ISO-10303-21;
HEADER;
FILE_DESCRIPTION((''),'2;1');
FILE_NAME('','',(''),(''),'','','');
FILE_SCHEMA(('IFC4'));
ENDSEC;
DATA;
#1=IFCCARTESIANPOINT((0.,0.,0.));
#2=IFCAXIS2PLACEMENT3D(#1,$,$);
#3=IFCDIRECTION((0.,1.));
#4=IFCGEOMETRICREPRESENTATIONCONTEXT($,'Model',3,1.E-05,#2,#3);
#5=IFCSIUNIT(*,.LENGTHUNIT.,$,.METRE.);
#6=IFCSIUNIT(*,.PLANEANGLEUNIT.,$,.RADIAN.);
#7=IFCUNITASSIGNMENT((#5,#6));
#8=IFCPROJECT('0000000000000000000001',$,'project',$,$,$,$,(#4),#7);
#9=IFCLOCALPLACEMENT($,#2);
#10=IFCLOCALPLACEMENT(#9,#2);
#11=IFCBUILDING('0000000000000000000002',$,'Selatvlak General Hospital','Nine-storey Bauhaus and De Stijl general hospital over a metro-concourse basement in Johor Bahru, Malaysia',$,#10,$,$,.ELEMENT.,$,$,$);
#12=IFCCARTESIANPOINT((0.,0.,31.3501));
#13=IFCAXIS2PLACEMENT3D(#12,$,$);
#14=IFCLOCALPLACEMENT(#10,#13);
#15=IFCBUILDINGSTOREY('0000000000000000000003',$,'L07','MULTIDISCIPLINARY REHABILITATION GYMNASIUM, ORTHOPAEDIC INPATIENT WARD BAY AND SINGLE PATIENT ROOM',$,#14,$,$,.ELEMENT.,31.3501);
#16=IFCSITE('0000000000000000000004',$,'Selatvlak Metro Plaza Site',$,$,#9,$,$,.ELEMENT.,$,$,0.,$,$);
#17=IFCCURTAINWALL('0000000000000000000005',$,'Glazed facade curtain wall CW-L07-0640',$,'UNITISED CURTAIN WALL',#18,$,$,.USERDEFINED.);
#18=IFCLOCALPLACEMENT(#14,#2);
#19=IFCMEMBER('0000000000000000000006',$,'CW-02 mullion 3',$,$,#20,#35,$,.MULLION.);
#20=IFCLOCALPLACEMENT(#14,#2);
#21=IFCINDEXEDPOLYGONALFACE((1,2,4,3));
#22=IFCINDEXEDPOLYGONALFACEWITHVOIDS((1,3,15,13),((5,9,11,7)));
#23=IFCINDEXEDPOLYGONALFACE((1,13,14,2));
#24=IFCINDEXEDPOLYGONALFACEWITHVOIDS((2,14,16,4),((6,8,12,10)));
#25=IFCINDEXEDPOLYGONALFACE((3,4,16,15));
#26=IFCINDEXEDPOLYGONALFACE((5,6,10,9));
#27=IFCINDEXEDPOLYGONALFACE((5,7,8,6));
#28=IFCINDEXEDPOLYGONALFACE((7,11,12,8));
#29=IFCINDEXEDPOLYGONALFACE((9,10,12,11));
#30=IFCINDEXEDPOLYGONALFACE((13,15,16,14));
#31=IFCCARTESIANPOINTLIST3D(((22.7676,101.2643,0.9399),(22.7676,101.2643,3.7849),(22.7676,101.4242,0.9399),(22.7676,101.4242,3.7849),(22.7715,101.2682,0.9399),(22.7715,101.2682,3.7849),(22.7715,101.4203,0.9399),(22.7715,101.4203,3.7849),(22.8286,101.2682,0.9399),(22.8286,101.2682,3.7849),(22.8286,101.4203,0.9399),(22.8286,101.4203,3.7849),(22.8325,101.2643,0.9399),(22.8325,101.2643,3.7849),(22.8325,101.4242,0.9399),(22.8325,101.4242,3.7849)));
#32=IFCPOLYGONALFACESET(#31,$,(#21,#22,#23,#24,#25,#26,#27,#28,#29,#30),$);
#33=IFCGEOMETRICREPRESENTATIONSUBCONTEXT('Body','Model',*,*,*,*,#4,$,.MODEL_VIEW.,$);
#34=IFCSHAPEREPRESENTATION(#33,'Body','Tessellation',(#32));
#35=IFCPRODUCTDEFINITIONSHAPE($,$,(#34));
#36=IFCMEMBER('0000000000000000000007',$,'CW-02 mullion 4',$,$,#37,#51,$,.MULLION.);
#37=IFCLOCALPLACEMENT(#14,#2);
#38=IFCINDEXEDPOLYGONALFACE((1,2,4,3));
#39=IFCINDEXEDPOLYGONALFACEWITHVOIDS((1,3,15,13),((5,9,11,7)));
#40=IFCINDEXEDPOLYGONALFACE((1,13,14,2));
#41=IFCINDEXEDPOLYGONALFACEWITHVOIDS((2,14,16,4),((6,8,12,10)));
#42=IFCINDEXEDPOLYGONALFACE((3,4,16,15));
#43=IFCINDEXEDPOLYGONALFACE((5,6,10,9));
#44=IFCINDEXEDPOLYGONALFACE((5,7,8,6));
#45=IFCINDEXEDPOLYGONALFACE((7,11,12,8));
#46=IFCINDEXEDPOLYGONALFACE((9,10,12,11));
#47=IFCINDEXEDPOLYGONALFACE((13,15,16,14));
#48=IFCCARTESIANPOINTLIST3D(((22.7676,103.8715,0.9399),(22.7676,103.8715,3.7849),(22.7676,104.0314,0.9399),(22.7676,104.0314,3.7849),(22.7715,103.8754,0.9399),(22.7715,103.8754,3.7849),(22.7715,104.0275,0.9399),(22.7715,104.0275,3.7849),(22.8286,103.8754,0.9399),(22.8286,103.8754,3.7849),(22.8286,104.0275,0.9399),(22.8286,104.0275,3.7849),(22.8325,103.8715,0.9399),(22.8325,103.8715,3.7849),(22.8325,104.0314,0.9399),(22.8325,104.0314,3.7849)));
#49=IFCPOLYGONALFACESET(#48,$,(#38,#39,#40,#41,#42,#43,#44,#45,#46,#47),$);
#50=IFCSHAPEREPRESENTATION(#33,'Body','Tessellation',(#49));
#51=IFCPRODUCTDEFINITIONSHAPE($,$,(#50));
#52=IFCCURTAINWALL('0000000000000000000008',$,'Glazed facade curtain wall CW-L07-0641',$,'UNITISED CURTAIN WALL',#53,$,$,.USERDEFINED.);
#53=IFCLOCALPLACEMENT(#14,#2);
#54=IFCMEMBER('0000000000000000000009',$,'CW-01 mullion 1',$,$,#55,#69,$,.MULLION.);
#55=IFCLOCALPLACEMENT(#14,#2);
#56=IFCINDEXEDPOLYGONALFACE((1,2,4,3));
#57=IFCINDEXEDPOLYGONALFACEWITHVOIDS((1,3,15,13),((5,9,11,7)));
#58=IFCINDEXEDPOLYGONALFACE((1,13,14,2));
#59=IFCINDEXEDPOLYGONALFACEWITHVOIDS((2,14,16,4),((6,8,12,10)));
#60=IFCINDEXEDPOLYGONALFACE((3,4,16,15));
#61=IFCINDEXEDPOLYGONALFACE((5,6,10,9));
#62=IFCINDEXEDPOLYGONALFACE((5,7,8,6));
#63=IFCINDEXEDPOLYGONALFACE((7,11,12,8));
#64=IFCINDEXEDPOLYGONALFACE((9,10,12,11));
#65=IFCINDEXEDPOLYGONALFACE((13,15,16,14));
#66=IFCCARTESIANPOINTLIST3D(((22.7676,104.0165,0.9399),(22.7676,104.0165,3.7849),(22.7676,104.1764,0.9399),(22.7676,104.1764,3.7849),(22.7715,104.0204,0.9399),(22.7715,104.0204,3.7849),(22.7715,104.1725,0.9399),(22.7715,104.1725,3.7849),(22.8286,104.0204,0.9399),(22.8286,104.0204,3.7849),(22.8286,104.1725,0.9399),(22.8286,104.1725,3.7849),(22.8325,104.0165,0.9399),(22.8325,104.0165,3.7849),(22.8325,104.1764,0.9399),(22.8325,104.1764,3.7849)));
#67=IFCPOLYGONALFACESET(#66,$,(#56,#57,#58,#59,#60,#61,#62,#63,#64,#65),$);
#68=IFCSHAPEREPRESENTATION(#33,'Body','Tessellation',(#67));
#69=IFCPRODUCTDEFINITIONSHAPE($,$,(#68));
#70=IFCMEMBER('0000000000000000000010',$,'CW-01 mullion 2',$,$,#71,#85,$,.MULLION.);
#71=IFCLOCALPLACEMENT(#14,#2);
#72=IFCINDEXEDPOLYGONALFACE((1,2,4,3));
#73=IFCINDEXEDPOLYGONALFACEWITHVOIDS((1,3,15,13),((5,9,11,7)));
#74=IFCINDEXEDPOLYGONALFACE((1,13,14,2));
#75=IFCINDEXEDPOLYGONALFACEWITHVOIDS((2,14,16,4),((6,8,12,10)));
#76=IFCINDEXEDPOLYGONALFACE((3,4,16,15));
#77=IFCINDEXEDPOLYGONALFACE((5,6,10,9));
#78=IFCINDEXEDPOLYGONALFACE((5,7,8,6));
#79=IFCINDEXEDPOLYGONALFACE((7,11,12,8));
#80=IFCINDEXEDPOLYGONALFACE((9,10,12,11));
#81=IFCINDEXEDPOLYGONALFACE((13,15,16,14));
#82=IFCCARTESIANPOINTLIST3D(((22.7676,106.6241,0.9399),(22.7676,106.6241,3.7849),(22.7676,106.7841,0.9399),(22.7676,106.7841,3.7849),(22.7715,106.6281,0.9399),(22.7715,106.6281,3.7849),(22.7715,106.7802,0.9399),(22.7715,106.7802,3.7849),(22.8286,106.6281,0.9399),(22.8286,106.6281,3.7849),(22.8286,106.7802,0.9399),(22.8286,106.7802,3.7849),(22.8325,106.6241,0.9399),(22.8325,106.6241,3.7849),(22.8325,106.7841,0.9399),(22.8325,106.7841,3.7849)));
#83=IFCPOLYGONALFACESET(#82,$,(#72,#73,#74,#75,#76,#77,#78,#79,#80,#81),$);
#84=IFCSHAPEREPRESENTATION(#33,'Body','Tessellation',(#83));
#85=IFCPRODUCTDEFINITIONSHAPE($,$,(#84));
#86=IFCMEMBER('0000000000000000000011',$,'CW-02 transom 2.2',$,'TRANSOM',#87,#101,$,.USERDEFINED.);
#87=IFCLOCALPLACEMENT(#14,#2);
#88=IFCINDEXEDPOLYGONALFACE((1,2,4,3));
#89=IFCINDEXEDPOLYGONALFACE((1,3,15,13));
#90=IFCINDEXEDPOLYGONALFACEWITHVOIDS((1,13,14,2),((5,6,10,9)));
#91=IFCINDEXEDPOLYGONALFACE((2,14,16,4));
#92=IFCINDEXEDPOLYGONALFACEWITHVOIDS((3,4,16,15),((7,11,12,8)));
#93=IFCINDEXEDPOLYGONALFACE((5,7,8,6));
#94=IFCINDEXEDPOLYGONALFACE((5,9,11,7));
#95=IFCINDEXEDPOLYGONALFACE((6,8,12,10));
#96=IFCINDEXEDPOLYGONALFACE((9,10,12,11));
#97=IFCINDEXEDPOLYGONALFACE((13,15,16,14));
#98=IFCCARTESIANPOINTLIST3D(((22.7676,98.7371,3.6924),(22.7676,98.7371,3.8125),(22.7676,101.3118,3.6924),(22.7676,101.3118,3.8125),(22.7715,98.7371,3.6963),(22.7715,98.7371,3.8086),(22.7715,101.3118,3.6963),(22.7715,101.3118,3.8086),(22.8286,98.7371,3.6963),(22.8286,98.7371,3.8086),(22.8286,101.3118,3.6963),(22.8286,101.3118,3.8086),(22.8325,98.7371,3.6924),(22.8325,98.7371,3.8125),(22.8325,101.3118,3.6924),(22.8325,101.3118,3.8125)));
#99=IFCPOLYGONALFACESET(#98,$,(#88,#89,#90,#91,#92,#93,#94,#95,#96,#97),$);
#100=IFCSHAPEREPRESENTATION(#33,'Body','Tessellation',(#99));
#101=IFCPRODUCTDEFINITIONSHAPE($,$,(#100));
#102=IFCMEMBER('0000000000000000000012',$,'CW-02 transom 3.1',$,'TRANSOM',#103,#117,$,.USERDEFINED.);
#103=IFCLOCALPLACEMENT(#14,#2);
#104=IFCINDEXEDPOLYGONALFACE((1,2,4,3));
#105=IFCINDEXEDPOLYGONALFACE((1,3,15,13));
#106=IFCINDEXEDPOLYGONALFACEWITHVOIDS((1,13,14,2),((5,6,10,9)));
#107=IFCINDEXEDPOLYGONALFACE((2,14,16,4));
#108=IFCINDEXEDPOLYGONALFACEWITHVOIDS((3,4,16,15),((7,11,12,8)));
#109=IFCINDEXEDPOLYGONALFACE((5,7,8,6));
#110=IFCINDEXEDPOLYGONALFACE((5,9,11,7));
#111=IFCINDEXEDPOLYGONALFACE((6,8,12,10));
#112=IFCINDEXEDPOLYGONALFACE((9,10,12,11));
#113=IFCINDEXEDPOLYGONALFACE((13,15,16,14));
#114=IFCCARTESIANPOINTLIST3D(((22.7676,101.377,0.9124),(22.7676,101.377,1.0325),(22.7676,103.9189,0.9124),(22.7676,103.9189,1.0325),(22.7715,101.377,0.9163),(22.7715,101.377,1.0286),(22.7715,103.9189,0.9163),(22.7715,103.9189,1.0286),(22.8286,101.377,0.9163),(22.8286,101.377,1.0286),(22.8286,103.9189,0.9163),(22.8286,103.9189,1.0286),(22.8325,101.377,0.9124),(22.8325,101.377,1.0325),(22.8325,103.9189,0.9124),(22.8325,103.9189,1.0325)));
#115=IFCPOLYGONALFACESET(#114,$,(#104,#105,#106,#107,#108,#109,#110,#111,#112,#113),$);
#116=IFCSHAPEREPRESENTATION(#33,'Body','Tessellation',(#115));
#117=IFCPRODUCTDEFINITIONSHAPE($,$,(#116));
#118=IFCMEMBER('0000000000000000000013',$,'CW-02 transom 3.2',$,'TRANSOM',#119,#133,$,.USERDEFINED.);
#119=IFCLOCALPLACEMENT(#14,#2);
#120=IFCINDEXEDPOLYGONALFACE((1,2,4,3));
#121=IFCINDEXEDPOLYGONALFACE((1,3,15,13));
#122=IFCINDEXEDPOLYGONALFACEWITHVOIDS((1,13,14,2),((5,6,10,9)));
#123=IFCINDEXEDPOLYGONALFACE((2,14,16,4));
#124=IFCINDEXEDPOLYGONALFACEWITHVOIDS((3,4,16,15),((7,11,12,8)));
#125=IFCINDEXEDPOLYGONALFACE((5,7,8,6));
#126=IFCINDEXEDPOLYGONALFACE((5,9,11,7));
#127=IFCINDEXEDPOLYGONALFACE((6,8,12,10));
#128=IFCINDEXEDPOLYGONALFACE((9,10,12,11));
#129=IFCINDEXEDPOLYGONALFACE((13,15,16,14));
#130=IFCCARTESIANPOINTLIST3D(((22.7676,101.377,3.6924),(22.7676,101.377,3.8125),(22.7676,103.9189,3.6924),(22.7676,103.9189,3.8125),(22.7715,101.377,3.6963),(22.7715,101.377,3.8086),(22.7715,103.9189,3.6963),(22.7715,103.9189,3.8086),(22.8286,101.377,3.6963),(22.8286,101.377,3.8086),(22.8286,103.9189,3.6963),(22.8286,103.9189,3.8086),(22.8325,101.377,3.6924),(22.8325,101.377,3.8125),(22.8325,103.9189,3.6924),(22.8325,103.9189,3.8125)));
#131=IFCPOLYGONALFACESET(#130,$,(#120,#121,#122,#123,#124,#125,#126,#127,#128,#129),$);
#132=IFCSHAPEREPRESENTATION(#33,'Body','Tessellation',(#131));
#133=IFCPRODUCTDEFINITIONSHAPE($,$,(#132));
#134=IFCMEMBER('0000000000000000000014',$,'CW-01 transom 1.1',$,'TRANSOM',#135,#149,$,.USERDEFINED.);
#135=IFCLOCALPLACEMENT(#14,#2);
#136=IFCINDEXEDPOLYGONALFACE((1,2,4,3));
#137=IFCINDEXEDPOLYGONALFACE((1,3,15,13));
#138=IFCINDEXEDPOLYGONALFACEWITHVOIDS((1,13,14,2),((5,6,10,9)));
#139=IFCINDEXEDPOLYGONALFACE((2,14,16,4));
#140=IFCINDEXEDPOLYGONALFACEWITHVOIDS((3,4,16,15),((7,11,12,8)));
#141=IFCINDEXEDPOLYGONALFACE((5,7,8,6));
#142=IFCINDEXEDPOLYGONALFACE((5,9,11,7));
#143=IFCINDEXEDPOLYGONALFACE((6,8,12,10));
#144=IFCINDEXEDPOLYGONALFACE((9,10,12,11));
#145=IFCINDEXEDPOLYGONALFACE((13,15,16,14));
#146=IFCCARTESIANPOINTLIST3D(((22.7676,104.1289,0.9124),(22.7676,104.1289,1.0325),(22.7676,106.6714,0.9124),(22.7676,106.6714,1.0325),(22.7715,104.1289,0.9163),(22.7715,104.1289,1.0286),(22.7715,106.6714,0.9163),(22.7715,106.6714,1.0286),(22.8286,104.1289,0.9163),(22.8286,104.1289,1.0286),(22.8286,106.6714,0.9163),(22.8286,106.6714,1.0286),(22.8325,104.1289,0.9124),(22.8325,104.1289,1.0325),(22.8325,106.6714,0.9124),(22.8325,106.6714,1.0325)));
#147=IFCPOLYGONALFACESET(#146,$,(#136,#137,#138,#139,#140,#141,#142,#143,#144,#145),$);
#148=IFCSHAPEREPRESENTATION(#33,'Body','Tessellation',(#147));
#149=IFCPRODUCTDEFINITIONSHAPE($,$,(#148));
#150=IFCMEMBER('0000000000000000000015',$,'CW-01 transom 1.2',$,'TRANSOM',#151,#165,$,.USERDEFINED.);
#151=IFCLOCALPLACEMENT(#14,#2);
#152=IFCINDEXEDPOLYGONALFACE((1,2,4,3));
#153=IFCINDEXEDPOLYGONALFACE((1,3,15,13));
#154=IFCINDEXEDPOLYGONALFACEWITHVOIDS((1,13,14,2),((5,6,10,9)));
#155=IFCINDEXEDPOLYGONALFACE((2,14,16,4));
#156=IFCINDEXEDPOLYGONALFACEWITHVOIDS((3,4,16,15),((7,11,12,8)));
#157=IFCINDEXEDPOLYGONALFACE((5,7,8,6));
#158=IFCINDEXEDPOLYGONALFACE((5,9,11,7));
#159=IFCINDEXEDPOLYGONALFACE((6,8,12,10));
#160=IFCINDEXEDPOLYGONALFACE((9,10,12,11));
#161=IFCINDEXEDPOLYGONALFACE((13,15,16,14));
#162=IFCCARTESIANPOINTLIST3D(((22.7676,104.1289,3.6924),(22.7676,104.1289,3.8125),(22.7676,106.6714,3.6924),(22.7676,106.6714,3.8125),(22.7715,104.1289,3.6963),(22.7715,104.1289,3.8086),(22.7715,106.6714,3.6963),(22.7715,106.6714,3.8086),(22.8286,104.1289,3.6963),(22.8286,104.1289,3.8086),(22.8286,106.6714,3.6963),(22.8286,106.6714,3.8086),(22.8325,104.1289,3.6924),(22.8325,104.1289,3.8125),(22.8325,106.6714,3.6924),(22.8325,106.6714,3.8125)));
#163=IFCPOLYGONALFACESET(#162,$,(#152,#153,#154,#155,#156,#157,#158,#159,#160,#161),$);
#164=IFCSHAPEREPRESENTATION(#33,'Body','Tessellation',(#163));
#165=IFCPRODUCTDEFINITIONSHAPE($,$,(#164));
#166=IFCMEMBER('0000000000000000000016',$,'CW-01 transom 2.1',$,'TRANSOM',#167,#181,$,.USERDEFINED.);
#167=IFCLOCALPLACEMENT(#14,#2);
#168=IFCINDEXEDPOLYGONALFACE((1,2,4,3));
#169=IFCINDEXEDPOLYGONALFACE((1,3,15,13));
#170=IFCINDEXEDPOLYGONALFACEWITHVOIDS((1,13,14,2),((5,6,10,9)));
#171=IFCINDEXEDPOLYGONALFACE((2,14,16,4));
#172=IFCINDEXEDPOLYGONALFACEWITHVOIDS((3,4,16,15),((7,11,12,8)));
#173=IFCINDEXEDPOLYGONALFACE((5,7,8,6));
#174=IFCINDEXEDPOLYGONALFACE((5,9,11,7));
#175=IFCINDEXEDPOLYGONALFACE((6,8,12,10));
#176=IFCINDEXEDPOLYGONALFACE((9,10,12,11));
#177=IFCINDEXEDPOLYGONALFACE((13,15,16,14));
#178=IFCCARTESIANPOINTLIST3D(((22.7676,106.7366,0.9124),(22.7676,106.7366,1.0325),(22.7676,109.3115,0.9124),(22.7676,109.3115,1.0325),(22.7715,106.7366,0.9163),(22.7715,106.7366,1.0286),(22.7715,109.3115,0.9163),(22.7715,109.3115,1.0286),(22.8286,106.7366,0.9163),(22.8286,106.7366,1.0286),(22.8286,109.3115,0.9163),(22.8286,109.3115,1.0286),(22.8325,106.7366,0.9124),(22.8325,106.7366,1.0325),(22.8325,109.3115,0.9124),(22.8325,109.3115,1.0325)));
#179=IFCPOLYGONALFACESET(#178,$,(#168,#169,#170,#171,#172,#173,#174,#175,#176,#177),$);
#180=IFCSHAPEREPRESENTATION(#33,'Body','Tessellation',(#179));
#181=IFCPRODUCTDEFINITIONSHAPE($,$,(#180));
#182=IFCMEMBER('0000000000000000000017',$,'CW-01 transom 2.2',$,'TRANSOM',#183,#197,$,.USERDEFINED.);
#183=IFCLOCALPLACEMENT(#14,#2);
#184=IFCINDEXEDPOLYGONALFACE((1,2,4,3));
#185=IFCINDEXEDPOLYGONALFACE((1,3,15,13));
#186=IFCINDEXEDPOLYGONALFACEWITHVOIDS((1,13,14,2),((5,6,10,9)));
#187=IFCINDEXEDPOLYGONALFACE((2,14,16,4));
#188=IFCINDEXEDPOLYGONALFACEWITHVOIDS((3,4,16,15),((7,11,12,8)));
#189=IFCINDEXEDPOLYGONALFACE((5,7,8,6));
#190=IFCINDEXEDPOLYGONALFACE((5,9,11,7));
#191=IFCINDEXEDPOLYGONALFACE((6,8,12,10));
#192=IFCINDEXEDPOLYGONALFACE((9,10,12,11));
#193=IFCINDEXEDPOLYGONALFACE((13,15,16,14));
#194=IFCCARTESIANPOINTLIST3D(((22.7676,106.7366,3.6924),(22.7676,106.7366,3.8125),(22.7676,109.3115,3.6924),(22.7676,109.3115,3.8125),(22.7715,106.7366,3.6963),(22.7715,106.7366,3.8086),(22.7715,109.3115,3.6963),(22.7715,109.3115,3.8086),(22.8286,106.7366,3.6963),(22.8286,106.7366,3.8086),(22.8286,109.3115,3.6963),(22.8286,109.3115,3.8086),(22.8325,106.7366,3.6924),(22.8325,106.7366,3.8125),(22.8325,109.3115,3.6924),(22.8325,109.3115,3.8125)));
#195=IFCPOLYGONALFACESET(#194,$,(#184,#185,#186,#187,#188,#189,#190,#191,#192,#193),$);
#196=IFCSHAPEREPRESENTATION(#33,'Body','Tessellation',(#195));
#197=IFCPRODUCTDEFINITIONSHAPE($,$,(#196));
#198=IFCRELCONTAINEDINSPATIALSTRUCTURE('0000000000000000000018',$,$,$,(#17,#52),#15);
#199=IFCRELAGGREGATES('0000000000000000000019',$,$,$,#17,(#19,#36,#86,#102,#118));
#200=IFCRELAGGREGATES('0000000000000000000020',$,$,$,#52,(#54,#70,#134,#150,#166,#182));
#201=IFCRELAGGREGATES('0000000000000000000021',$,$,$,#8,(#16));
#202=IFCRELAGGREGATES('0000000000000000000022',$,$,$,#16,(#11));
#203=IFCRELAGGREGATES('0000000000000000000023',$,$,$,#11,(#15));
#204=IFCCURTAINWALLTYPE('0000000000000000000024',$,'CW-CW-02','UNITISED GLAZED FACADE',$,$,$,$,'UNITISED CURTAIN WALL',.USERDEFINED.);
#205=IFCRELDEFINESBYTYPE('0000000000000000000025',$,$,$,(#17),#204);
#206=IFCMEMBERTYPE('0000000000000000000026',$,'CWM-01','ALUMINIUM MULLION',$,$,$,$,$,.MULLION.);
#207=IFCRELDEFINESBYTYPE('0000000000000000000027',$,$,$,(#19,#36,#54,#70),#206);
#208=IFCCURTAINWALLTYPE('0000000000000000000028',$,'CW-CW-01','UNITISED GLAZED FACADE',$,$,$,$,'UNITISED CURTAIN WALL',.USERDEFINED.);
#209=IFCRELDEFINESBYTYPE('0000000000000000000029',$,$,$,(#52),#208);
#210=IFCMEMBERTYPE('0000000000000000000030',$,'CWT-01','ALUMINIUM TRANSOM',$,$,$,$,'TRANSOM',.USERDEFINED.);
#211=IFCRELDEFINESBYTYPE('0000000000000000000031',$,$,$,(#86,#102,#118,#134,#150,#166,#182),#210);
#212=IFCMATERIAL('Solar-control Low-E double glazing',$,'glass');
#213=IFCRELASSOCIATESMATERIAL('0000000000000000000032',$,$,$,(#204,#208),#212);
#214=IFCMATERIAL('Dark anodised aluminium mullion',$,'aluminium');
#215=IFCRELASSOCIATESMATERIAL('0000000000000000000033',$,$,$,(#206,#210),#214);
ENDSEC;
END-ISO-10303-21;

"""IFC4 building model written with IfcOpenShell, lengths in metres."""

from ifc_helpers import new_model, si_unit, direction, frame, origin, origin_2d, place, context, subcontext, project, spatial, hollow_rectangle, extrude, material, material_profile, profile_set, type_object, element, aggregate, save


model = new_model("IFC4")

# Units and contexts
model_context = context("Model", 3, precision=1e-05, world=origin(), true_north=direction((0.0, 1.0)))
body_context = subcontext(model_context, "Body", "Model", "MODEL_VIEW")
ifc_project = project(units=[si_unit("LENGTHUNIT", "METRE"), si_unit("PLANEANGLEUNIT", "RADIAN")], contexts=[model_context])

# Site, building, storey
site_placement = place(None, origin())
site = spatial("IfcSite", under=ifc_project, at=site_placement, Name="Selatvlak Metro Plaza Site", CompositionType="ELEMENT", RefElevation=0.0)
building_placement = place(site_placement, origin())
building = spatial("IfcBuilding", under=site, at=building_placement, Name="Selatvlak General Hospital", Description="Nine-storey Bauhaus and De Stijl general hospital over a metro-concourse basement in Johor Bahru, Malaysia", CompositionType="ELEMENT")
storey_placement = place(building_placement, frame((0.0, 0.0, 31.3501)))
storey = spatial("IfcBuildingStorey", under=building, at=storey_placement, Name="L07", Description="MULTIDISCIPLINARY REHABILITATION GYMNASIUM, ORTHOPAEDIC INPATIENT WARD BAY AND SINGLE PATIENT ROOM", CompositionType="ELEMENT", Elevation=31.3501)

# Curtain walls, members
ifc_material_1 = material(Name="Solar-control Low-E double glazing", Category="glass")
curtain_wall_type_1 = type_object("IfcCurtainWallType", Name="CW-CW-02", Description="UNITISED GLAZED FACADE", ElementType="UNITISED CURTAIN WALL", PredefinedType="USERDEFINED", material=ifc_material_1)
curtain_wall_1_placement = place(storey_placement, origin())
curtain_wall_1 = element("IfcCurtainWall", 1, at=curtain_wall_1_placement, inside=storey, type_object=curtain_wall_type_1, Name="Glazed facade curtain wall CW-L07-0640", ObjectType="UNITISED CURTAIN WALL", PredefinedType="USERDEFINED")
ifc_material_2 = material(Name="Dark anodised aluminium mullion", Category="aluminium")
ifc_material_profile_1 = material_profile(ifc_material_2, hollow_rectangle(XDim=0.0649, YDim=0.1599, WallThickness=0.0039, at=origin_2d()), Name="AL-MUL 65x160x4")
ifc_profile_set_1 = profile_set([ifc_material_profile_1], Name="Dark anodised aluminium mullion")
member_type_1 = type_object("IfcMemberType", Name="CWM-01", Description="ALUMINIUM MULLION", PredefinedType="MULLION", material=ifc_profile_set_1)
member_1_placement = place(storey_placement, frame((22.8, 101.3442, 0.9399), z_axis=(0.0, 0.0, 1.0), x_axis=(-1.0, 0.0, 0.0)))
member_1 = element("IfcMember", 2, at=member_1_placement, type_object=member_type_1, Name="CW-02 mullion 3", PredefinedType="MULLION", context=body_context, shape_type="SweptSolid", body=[
    extrude(hollow_rectangle(XDim=0.0649, YDim=0.1599, WallThickness=0.0039, at=origin_2d()), origin(), (0.0, 0.0, 1.0), 2.845),
])
member_2_placement = place(storey_placement, frame((22.8, 103.9514, 0.9399), z_axis=(0.0, 0.0, 1.0), x_axis=(-1.0, 0.0, 0.0)))
member_2 = element("IfcMember", 3, at=member_2_placement, type_object=member_type_1, Name="CW-02 mullion 4", PredefinedType="MULLION", context=body_context, shape_type="SweptSolid", body=[
    extrude(hollow_rectangle(XDim=0.0649, YDim=0.1599, WallThickness=0.0039, at=origin_2d()), origin(), (0.0, 0.0, 1.0), 2.845),
])
curtain_wall_type_2 = type_object("IfcCurtainWallType", Name="CW-CW-01", Description="UNITISED GLAZED FACADE", ElementType="UNITISED CURTAIN WALL", PredefinedType="USERDEFINED", material=ifc_material_1)
curtain_wall_2_placement = place(storey_placement, origin())
curtain_wall_2 = element("IfcCurtainWall", 4, at=curtain_wall_2_placement, inside=storey, type_object=curtain_wall_type_2, Name="Glazed facade curtain wall CW-L07-0641", ObjectType="UNITISED CURTAIN WALL", PredefinedType="USERDEFINED")
member_3_placement = place(storey_placement, frame((22.8, 104.0964, 0.9399), z_axis=(0.0, 0.0, 1.0), x_axis=(-1.0, 0.0, 0.0)))
member_3 = element("IfcMember", 5, at=member_3_placement, type_object=member_type_1, Name="CW-01 mullion 1", PredefinedType="MULLION", context=body_context, shape_type="SweptSolid", body=[
    extrude(hollow_rectangle(XDim=0.0649, YDim=0.1599, WallThickness=0.0039, at=origin_2d()), origin(), (0.0, 0.0, 1.0), 2.845),
])
member_4_placement = place(storey_placement, frame((22.8, 106.7041, 0.9399), z_axis=(0.0, 0.0, 1.0), x_axis=(-1.0, 0.0, 0.0)))
member_4 = element("IfcMember", 6, at=member_4_placement, type_object=member_type_1, Name="CW-01 mullion 2", PredefinedType="MULLION", context=body_context, shape_type="SweptSolid", body=[
    extrude(hollow_rectangle(XDim=0.0649, YDim=0.1599, WallThickness=0.0039, at=origin_2d()), origin(), (0.0, 0.0, 1.0), 2.845),
])

# Members
ifc_material_profile_2 = material_profile(ifc_material_2, hollow_rectangle(XDim=0.0649, YDim=0.1201, WallThickness=0.0039, at=origin_2d()), Name="AL-TRN 65x120x4")
ifc_profile_set_2 = profile_set([ifc_material_profile_2], Name="Dark anodised aluminium mullion")
member_type_2 = type_object("IfcMemberType", Name="CWT-01", Description="ALUMINIUM TRANSOM", ElementType="TRANSOM", PredefinedType="USERDEFINED", material=ifc_profile_set_2)
member_5_placement = place(storey_placement, frame((22.8, 98.7371, 3.7524), z_axis=(0.0, 1.0, 0.0), x_axis=(-1.0, 0.0, 0.0)))
member_5 = element("IfcMember", 7, at=member_5_placement, type_object=member_type_2, Name="CW-02 transom 2.2", ObjectType="TRANSOM", PredefinedType="USERDEFINED", context=body_context, shape_type="SweptSolid", body=[
    extrude(hollow_rectangle(XDim=0.0649, YDim=0.1201, WallThickness=0.0039, at=origin_2d()), origin(), (0.0, 0.0, 1.0), 2.5747),
])
member_6_placement = place(storey_placement, frame((22.8, 101.377, 0.9724), z_axis=(0.0, 1.0, 0.0), x_axis=(-1.0, 0.0, 0.0)))
member_6 = element("IfcMember", 8, at=member_6_placement, type_object=member_type_2, Name="CW-02 transom 3.1", ObjectType="TRANSOM", PredefinedType="USERDEFINED", context=body_context, shape_type="SweptSolid", body=[
    extrude(hollow_rectangle(XDim=0.0649, YDim=0.1201, WallThickness=0.0039, at=origin_2d()), origin(), (0.0, 0.0, 1.0), 2.542),
])
member_7_placement = place(storey_placement, frame((22.8, 101.377, 3.7524), z_axis=(0.0, 1.0, 0.0), x_axis=(-1.0, 0.0, 0.0)))
member_7 = element("IfcMember", 9, at=member_7_placement, type_object=member_type_2, Name="CW-02 transom 3.2", ObjectType="TRANSOM", PredefinedType="USERDEFINED", context=body_context, shape_type="SweptSolid", body=[
    extrude(hollow_rectangle(XDim=0.0649, YDim=0.1201, WallThickness=0.0039, at=origin_2d()), origin(), (0.0, 0.0, 1.0), 2.542),
])
member_8_placement = place(storey_placement, frame((22.8, 104.1289, 0.9724), z_axis=(0.0, 1.0, 0.0), x_axis=(-1.0, 0.0, 0.0)))
member_8 = element("IfcMember", 10, at=member_8_placement, type_object=member_type_2, Name="CW-01 transom 1.1", ObjectType="TRANSOM", PredefinedType="USERDEFINED", context=body_context, shape_type="SweptSolid", body=[
    extrude(hollow_rectangle(XDim=0.0649, YDim=0.1201, WallThickness=0.0039, at=origin_2d()), origin(), (0.0, 0.0, 1.0), 2.5425),
])
member_9_placement = place(storey_placement, frame((22.8, 104.1289, 3.7524), z_axis=(0.0, 1.0, 0.0), x_axis=(-1.0, 0.0, 0.0)))
member_9 = element("IfcMember", 11, at=member_9_placement, type_object=member_type_2, Name="CW-01 transom 1.2", ObjectType="TRANSOM", PredefinedType="USERDEFINED", context=body_context, shape_type="SweptSolid", body=[
    extrude(hollow_rectangle(XDim=0.0649, YDim=0.1201, WallThickness=0.0039, at=origin_2d()), origin(), (0.0, 0.0, 1.0), 2.5425),
])
member_10_placement = place(storey_placement, frame((22.8, 106.7366, 0.9724), z_axis=(0.0, 1.0, 0.0), x_axis=(-1.0, 0.0, 0.0)))
member_10 = element("IfcMember", 12, at=member_10_placement, type_object=member_type_2, Name="CW-01 transom 2.1", ObjectType="TRANSOM", PredefinedType="USERDEFINED", context=body_context, shape_type="SweptSolid", body=[
    extrude(hollow_rectangle(XDim=0.0649, YDim=0.1201, WallThickness=0.0039, at=origin_2d()), origin(), (0.0, 0.0, 1.0), 2.575),
])
member_11_placement = place(storey_placement, frame((22.8, 106.7366, 3.7524), z_axis=(0.0, 1.0, 0.0), x_axis=(-1.0, 0.0, 0.0)))
member_11 = element("IfcMember", 13, at=member_11_placement, type_object=member_type_2, Name="CW-01 transom 2.2", ObjectType="TRANSOM", PredefinedType="USERDEFINED", context=body_context, shape_type="SweptSolid", body=[
    extrude(hollow_rectangle(XDim=0.0649, YDim=0.1201, WallThickness=0.0039, at=origin_2d()), origin(), (0.0, 0.0, 1.0), 2.575),
])

aggregate(curtain_wall_1, [member_1, member_2, member_5, member_6, member_7])
aggregate(curtain_wall_2, [member_3, member_4, member_8, member_9, member_10, member_11])

save(model, "model.ifc")
